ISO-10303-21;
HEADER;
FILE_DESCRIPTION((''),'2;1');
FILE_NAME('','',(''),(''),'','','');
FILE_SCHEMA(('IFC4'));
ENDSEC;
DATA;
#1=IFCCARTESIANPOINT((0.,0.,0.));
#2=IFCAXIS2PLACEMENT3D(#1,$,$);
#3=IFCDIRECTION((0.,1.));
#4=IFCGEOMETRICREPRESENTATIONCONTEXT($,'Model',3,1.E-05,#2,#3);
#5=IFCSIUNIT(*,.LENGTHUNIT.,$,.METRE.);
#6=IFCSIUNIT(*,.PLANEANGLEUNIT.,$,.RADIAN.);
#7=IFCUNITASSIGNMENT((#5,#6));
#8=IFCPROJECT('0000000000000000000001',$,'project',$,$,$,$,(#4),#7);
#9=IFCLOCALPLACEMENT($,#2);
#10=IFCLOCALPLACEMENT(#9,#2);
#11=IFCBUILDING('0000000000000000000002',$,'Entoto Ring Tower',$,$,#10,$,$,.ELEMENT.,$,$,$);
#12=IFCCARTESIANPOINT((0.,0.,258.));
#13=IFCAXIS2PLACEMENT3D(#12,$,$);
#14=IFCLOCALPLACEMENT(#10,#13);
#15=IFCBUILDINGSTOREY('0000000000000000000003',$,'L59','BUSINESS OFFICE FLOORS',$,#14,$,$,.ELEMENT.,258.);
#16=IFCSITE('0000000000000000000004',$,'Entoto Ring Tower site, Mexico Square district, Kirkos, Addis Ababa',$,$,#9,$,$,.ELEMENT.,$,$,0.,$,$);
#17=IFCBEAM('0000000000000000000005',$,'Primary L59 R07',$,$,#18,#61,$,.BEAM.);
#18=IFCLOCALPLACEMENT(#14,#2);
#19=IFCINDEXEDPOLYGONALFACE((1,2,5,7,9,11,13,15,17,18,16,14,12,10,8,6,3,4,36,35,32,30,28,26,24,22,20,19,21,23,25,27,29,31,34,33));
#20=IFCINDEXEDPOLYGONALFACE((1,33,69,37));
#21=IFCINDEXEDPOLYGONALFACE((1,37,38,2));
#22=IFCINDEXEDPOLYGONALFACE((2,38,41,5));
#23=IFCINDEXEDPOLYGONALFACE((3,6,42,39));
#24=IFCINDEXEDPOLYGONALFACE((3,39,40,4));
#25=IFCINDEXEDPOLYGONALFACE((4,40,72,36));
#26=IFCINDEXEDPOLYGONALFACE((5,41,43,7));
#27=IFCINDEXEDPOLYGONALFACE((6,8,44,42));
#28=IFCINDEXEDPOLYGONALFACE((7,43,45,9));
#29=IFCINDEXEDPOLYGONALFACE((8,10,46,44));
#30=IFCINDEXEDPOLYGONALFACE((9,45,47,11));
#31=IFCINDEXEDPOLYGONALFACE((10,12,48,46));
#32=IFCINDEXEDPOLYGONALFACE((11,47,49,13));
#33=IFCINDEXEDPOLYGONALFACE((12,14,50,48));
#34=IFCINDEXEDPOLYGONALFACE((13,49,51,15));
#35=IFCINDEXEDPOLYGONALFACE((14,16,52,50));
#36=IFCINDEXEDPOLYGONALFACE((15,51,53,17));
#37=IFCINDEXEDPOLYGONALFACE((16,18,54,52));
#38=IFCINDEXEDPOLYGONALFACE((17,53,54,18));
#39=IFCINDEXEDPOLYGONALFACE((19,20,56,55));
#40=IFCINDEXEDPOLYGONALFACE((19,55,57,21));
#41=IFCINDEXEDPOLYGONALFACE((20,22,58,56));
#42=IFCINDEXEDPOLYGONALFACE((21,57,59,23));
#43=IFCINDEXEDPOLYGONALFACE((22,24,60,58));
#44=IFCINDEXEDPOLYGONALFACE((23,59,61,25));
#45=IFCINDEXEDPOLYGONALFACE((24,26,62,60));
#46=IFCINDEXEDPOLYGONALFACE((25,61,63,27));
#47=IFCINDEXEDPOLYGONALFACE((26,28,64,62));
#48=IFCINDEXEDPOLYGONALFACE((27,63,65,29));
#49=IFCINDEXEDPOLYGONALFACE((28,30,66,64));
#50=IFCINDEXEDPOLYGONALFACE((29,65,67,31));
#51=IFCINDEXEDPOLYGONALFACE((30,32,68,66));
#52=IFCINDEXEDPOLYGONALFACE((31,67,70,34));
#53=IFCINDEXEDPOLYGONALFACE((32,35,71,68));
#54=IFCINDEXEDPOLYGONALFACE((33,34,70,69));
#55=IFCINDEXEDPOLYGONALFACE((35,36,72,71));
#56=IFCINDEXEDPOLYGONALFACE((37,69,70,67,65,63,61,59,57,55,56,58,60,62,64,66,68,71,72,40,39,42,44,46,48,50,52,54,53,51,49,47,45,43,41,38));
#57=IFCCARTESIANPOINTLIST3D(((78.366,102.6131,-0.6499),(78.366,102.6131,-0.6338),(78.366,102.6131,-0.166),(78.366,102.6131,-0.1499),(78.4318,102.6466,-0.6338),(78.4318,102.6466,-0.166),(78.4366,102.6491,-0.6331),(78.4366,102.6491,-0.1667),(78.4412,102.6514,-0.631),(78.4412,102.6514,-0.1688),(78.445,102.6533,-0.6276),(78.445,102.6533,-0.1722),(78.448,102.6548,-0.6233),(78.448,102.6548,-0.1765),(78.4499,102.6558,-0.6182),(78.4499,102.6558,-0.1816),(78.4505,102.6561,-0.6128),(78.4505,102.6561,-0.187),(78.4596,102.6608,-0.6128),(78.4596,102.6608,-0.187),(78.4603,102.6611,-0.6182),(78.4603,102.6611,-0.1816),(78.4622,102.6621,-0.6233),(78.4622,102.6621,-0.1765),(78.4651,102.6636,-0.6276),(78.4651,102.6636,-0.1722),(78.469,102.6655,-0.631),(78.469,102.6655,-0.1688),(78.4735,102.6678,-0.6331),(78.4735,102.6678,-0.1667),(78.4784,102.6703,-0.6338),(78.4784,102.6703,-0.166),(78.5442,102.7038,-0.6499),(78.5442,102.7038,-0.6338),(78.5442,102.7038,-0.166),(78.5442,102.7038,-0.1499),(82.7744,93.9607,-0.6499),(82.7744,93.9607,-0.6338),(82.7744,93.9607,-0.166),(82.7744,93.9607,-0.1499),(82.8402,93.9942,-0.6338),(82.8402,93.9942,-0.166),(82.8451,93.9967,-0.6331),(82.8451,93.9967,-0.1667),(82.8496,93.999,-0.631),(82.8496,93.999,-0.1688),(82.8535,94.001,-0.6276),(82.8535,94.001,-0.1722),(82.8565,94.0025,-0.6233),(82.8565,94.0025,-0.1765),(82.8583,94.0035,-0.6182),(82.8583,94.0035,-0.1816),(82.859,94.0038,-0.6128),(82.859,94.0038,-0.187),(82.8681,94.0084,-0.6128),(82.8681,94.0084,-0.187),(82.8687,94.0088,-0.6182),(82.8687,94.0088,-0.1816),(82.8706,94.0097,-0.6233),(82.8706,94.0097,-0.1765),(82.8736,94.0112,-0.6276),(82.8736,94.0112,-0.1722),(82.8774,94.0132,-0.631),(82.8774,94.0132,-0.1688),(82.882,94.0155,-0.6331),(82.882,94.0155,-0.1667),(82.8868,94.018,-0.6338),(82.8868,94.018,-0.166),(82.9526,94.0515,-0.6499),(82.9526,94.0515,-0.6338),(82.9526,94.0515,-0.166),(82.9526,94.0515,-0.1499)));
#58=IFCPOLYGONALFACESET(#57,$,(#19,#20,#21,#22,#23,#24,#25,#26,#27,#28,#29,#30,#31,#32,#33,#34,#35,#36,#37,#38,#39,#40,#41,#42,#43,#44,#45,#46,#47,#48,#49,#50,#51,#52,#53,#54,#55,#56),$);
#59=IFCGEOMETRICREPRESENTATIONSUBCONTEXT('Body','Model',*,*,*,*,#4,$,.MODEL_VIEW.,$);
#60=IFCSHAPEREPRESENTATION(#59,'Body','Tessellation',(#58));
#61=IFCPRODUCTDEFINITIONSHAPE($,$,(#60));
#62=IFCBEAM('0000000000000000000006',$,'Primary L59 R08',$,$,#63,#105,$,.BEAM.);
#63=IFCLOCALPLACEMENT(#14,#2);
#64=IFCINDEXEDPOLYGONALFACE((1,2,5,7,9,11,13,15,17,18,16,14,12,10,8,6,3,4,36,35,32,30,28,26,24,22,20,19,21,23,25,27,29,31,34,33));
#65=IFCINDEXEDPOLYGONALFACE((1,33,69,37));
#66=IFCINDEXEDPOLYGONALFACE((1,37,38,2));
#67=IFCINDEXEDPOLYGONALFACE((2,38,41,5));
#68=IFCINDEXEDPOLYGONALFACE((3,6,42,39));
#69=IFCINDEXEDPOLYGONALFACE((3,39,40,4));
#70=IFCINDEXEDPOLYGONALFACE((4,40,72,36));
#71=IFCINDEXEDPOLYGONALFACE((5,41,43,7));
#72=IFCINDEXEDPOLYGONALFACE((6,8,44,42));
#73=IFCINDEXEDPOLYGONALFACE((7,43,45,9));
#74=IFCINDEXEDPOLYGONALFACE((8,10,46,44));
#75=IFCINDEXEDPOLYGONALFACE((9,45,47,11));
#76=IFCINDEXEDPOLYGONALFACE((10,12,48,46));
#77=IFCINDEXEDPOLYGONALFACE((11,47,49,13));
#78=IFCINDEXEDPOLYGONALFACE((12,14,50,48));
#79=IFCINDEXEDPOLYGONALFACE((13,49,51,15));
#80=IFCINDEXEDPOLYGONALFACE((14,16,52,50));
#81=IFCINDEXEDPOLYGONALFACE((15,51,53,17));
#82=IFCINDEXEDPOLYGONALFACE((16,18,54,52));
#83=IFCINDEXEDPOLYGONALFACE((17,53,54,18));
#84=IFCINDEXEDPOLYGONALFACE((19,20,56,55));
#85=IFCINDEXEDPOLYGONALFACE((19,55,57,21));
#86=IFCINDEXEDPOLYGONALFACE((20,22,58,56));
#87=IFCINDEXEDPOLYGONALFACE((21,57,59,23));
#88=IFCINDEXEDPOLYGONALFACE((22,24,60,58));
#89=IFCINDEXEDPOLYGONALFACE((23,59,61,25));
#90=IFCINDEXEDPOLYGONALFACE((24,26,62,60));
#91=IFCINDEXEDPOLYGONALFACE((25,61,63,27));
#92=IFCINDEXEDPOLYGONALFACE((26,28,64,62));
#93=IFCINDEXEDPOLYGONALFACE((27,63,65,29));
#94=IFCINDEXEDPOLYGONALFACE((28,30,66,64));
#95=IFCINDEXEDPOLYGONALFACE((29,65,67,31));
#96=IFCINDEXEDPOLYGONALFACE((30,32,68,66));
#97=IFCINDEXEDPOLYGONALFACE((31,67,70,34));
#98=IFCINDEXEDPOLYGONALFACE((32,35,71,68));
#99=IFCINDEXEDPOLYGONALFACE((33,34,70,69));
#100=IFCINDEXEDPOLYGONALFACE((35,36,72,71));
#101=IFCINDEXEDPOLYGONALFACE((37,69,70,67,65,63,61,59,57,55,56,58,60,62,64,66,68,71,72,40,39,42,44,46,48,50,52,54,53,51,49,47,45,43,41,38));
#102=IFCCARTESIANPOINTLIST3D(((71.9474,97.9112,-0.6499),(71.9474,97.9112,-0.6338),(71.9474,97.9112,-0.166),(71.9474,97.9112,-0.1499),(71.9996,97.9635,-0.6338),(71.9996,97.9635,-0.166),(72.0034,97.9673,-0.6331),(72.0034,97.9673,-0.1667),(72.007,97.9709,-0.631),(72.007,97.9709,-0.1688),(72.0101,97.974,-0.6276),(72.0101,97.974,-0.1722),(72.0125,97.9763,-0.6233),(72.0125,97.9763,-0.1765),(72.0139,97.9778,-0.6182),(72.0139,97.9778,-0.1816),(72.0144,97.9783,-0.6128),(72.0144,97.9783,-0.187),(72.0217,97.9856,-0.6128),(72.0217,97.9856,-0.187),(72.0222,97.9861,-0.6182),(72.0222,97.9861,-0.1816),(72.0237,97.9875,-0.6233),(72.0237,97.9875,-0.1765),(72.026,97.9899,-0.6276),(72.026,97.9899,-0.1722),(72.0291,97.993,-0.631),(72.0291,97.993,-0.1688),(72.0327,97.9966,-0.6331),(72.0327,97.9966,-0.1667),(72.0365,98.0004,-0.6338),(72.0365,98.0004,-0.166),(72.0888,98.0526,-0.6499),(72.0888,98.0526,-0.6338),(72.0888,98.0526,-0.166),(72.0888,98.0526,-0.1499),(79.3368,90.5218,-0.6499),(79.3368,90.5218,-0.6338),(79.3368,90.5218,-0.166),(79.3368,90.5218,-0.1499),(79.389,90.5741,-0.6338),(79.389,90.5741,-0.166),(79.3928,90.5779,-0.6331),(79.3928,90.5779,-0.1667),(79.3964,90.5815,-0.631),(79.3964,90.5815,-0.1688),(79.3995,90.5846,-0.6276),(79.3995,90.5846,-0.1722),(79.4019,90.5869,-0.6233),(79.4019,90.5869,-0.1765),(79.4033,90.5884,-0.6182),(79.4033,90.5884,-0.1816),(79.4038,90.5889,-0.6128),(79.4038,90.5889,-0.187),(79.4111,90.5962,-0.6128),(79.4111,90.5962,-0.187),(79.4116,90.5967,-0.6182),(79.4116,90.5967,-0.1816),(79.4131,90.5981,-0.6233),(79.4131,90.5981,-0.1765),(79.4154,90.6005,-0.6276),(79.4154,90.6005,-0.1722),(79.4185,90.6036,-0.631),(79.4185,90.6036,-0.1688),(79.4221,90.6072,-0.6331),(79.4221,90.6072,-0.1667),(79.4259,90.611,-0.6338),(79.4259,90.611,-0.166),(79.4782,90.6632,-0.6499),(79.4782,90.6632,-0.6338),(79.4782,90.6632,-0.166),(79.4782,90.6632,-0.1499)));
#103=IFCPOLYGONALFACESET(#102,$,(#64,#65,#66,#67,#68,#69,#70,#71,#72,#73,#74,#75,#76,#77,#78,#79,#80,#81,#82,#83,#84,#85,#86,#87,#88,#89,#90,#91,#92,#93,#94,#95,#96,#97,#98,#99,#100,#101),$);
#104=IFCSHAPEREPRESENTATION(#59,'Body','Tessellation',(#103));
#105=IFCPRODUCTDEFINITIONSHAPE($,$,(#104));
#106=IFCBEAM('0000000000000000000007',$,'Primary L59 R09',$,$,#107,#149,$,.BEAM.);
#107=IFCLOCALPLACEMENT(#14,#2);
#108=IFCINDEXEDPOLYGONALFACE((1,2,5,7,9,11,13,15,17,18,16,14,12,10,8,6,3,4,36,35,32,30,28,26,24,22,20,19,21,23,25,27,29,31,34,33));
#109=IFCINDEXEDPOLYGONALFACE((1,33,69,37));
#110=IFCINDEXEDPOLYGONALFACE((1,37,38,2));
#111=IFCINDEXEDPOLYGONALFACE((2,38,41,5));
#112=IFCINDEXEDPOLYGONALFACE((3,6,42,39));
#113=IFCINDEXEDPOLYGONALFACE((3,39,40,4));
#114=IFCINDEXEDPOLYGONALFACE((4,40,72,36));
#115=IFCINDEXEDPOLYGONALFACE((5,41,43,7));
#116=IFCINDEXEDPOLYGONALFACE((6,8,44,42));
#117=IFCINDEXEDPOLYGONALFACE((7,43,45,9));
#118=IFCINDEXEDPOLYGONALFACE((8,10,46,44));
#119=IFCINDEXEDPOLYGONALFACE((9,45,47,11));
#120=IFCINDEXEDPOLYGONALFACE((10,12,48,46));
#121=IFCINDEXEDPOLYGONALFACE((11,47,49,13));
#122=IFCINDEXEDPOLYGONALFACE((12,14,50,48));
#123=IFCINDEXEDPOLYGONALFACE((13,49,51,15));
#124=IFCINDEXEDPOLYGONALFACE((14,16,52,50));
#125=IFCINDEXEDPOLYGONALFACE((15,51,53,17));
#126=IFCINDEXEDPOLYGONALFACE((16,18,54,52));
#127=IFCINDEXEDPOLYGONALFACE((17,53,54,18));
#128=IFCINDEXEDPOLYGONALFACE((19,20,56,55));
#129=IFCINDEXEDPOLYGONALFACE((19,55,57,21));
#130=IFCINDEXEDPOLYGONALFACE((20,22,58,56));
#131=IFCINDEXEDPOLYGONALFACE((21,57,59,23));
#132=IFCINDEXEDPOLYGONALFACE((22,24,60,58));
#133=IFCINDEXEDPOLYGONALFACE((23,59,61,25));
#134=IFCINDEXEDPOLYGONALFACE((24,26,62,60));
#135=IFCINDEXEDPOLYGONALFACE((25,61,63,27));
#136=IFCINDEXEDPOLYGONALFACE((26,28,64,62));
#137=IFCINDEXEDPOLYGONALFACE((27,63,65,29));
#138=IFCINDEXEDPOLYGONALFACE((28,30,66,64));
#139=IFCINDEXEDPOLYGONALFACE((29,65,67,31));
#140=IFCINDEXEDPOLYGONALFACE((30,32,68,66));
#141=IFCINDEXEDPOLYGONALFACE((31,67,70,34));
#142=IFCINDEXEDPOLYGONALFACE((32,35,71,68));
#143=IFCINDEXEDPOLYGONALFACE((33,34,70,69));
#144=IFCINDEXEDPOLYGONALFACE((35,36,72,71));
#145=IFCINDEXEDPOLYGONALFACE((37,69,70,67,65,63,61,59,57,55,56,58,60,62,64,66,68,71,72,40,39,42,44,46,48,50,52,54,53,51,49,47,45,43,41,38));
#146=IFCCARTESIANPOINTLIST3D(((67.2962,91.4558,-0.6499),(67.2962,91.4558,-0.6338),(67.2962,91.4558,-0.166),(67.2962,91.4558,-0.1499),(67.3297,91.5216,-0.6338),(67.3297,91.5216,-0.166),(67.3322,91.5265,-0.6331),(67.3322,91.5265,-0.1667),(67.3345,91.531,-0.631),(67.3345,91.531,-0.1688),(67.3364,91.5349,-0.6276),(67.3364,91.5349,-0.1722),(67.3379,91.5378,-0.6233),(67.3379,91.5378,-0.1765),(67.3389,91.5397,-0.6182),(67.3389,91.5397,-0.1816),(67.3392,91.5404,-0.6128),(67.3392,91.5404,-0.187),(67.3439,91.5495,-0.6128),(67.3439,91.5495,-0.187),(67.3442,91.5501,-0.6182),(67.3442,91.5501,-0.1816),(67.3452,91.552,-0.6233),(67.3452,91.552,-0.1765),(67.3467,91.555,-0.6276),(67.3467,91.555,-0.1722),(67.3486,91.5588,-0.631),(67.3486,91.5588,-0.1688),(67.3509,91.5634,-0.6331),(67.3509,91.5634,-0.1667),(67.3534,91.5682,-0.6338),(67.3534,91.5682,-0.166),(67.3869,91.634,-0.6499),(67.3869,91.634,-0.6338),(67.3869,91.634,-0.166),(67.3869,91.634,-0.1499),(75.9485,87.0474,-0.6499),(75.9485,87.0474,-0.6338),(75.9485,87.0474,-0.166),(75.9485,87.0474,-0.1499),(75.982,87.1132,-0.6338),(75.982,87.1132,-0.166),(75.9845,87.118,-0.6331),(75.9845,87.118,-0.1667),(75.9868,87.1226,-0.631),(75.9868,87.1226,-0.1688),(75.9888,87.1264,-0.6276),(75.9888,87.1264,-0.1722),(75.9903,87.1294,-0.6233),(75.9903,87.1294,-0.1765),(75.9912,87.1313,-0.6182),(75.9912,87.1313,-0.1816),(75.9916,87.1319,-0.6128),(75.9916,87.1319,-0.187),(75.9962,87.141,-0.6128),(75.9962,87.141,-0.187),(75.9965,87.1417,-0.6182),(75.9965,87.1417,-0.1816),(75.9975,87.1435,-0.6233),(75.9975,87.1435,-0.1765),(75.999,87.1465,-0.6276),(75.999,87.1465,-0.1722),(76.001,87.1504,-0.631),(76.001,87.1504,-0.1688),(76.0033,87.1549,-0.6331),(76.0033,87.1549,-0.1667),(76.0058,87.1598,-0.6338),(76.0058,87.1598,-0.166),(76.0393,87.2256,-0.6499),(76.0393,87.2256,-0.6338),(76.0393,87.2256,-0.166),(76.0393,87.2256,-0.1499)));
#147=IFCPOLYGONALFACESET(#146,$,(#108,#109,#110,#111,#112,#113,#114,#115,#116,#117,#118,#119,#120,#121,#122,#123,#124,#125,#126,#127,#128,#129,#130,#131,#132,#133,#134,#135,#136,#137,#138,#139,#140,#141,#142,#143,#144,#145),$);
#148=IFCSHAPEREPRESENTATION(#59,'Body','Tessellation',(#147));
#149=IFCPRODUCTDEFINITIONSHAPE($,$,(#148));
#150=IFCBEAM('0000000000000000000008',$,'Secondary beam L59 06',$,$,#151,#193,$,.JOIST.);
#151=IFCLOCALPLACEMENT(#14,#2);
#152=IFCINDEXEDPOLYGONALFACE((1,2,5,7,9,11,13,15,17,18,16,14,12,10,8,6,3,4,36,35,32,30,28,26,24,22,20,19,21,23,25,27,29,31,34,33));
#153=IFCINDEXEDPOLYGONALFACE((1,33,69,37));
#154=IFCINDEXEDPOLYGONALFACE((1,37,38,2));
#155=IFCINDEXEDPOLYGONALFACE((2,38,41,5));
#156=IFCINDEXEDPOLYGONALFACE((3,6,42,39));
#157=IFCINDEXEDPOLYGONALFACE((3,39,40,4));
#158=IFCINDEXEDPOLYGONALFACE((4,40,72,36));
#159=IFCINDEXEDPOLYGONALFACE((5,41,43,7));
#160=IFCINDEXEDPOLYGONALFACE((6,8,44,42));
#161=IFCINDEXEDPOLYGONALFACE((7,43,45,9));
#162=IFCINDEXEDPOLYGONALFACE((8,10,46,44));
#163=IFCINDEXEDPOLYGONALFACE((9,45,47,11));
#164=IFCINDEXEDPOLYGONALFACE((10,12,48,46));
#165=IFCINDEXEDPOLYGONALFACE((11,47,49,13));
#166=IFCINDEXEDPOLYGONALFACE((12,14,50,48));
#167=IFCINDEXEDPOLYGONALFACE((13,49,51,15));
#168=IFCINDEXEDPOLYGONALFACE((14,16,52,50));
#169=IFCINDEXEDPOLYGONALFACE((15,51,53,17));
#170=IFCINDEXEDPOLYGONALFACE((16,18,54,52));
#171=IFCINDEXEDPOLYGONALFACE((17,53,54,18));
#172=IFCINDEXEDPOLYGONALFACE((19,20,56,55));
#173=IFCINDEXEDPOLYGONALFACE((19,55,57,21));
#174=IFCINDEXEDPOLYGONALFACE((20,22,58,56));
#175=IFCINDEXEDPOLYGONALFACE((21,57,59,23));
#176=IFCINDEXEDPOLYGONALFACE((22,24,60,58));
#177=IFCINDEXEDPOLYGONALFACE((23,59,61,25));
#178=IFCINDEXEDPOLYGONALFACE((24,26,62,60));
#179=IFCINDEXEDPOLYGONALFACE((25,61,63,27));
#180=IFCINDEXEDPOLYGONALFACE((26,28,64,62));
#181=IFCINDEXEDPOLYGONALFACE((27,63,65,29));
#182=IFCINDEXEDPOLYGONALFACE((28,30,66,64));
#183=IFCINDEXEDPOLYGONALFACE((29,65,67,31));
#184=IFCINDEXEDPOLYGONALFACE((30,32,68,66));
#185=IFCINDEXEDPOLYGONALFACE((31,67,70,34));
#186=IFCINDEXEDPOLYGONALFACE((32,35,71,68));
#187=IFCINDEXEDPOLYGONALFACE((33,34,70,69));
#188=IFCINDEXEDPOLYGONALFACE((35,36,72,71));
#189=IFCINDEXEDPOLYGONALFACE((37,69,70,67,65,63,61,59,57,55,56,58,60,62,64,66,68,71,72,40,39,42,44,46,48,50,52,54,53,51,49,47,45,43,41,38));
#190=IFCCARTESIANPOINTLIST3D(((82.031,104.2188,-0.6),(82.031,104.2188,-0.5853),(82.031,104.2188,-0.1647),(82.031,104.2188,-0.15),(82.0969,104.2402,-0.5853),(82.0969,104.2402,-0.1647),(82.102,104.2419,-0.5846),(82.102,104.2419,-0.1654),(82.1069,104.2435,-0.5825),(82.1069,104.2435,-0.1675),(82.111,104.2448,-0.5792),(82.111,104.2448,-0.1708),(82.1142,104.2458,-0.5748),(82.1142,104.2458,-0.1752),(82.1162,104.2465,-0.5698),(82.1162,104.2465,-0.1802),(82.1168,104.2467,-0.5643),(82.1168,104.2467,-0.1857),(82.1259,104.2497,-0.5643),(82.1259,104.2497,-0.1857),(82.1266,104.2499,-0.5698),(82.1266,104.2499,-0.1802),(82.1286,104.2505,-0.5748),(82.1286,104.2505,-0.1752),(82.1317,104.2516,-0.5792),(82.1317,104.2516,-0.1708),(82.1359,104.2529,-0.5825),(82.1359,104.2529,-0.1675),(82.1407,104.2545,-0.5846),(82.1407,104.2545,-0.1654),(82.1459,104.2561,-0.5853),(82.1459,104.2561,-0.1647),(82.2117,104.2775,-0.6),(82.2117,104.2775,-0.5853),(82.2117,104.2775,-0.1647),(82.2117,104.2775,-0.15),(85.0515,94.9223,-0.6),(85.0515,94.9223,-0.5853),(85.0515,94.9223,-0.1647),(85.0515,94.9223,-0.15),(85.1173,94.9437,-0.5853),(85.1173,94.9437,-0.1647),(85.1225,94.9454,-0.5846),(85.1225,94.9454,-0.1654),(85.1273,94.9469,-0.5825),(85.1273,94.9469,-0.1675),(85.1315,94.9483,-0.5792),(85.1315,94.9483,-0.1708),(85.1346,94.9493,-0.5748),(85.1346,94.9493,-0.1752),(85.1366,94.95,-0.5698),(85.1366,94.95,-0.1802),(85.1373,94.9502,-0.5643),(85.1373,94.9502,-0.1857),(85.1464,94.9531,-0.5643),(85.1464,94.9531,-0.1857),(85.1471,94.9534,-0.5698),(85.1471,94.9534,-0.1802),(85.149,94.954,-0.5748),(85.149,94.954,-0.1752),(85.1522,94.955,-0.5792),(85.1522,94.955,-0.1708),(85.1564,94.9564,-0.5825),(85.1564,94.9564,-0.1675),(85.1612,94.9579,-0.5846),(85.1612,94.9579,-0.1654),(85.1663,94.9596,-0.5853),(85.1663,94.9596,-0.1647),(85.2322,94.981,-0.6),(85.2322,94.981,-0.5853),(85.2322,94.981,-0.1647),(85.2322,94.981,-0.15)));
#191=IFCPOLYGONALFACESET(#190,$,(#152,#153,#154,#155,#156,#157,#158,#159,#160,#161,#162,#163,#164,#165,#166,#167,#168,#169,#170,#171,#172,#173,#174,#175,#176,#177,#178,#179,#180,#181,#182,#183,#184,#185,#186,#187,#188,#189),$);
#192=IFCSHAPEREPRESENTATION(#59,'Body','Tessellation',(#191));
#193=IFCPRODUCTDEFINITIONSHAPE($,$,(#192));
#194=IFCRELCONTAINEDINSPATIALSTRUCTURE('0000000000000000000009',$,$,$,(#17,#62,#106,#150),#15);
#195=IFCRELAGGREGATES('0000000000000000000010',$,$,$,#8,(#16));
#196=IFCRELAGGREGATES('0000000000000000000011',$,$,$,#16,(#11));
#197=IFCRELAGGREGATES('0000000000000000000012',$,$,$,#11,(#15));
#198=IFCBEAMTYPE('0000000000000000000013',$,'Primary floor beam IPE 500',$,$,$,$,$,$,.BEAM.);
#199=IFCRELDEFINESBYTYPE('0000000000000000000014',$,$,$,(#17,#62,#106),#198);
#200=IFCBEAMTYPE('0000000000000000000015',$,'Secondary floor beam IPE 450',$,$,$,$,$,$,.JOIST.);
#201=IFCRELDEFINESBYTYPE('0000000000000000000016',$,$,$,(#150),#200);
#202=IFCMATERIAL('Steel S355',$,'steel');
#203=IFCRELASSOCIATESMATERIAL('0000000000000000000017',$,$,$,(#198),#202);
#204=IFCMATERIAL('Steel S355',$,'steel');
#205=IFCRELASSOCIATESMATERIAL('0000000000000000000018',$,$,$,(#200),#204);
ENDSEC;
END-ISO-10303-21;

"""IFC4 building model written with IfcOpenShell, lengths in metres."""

from ifc_helpers import new_model, si_unit, direction, frame, origin, origin_2d, place, context, subcontext, project, spatial, i_section, extrude, material, material_profile, profile_set, type_object, element, save


model = new_model("IFC4")

# Units and contexts
model_context = context("Model", 3, precision=1e-05, world=origin(), true_north=direction((0.0, 1.0)))
body_context = subcontext(model_context, "Body", "Model", "MODEL_VIEW")
ifc_project = project(units=[si_unit("LENGTHUNIT", "METRE"), si_unit("PLANEANGLEUNIT", "RADIAN")], contexts=[model_context])

# Site, building, storey
site_placement = place(None, origin())
site = spatial("IfcSite", under=ifc_project, at=site_placement, Name="Entoto Ring Tower site, Mexico Square district, Kirkos, Addis Ababa", CompositionType="ELEMENT", RefElevation=0.0)
building_placement = place(site_placement, origin())
building = spatial("IfcBuilding", under=site, at=building_placement, Name="Entoto Ring Tower", CompositionType="ELEMENT")
storey_placement = place(building_placement, frame((0.0, 0.0, 258.0)))
storey = spatial("IfcBuildingStorey", under=building, at=storey_placement, Name="L59", Description="BUSINESS OFFICE FLOORS", CompositionType="ELEMENT", Elevation=258.0)

# Beams
ifc_material_1 = material(Name="Steel S355", Category="steel")
ifc_material_profile_1 = material_profile(ifc_material_1, i_section(OverallWidth=0.2, OverallDepth=0.5, WebThickness=0.0103, FlangeThickness=0.0161, FilletRadius=0.021, at=origin_2d()), Name="IPE 500")
ifc_profile_set_1 = profile_set([ifc_material_profile_1], Name="Steel S355")
beam_type_1 = type_object("IfcBeamType", Name="Primary floor beam IPE 500", PredefinedType="BEAM", material=ifc_profile_set_1)
beam_1_placement = place(storey_placement, frame((82.8635, 94.0061, -0.3999), z_axis=(-0.453979, 0.891012, 0.0), x_axis=(-0.891012, -0.453979, 0.0)))
element("IfcBeam", 1, at=beam_1_placement, inside=storey, type_object=beam_type_1, Name="Primary L59 R07", PredefinedType="BEAM", context=body_context, shape_type="SweptSolid", body=[
    extrude(i_section(OverallWidth=0.2, OverallDepth=0.5, WebThickness=0.0103, FlangeThickness=0.0161, FilletRadius=0.021, at=origin_2d()), origin(), (0.0, 0.0, 1.0), 9.7107),
])
beam_2_placement = place(storey_placement, frame((79.4075, 90.5925, -0.3999), z_axis=(-0.707107, 0.707107, 0.0), x_axis=(-0.707107, -0.707107, 0.0)))
element("IfcBeam", 2, at=beam_2_placement, inside=storey, type_object=beam_type_1, Name="Primary L59 R08", PredefinedType="BEAM", context=body_context, shape_type="SweptSolid", body=[
    extrude(i_section(OverallWidth=0.2, OverallDepth=0.5, WebThickness=0.0103, FlangeThickness=0.0161, FilletRadius=0.021, at=origin_2d()), origin(), (0.0, 0.0, 1.0), 10.4502),
])
beam_3_placement = place(storey_placement, frame((75.9939, 87.1365, -0.3999), z_axis=(-0.891012, 0.453979, 0.0), x_axis=(-0.453979, -0.891012, 0.0)))
element("IfcBeam", 3, at=beam_3_placement, inside=storey, type_object=beam_type_1, Name="Primary L59 R09", PredefinedType="BEAM", context=body_context, shape_type="SweptSolid", body=[
    extrude(i_section(OverallWidth=0.2, OverallDepth=0.5, WebThickness=0.0103, FlangeThickness=0.0161, FilletRadius=0.021, at=origin_2d()), origin(), (0.0, 0.0, 1.0), 9.7107),
])
ifc_material_2 = material(Name="Steel S355", Category="steel")
ifc_material_profile_2 = material_profile(ifc_material_2, i_section(OverallWidth=0.1899, OverallDepth=0.45, WebThickness=0.0095, FlangeThickness=0.0146, FilletRadius=0.021, at=origin_2d()), Name="IPE 450")
ifc_profile_set_2 = profile_set([ifc_material_profile_2], Name="Steel S355")
beam_type_2 = type_object("IfcBeamType", Name="Secondary floor beam IPE 450", PredefinedType="JOIST", material=ifc_profile_set_2)
beam_4_placement = place(storey_placement, frame((85.1418, 94.9517, -0.375), z_axis=(-0.309003, 0.951061, 0.0), x_axis=(-0.951061, -0.309003, 0.0)))
element("IfcBeam", 4, at=beam_4_placement, inside=storey, type_object=beam_type_2, Name="Secondary beam L59 06", PredefinedType="JOIST", context=body_context, shape_type="SweptSolid", body=[
    extrude(i_section(OverallWidth=0.1899, OverallDepth=0.45, WebThickness=0.0095, FlangeThickness=0.0146, FilletRadius=0.021, at=origin_2d()), origin(), (0.0, 0.0, 1.0), 9.7749),
])

save(model, "model.ifc")
